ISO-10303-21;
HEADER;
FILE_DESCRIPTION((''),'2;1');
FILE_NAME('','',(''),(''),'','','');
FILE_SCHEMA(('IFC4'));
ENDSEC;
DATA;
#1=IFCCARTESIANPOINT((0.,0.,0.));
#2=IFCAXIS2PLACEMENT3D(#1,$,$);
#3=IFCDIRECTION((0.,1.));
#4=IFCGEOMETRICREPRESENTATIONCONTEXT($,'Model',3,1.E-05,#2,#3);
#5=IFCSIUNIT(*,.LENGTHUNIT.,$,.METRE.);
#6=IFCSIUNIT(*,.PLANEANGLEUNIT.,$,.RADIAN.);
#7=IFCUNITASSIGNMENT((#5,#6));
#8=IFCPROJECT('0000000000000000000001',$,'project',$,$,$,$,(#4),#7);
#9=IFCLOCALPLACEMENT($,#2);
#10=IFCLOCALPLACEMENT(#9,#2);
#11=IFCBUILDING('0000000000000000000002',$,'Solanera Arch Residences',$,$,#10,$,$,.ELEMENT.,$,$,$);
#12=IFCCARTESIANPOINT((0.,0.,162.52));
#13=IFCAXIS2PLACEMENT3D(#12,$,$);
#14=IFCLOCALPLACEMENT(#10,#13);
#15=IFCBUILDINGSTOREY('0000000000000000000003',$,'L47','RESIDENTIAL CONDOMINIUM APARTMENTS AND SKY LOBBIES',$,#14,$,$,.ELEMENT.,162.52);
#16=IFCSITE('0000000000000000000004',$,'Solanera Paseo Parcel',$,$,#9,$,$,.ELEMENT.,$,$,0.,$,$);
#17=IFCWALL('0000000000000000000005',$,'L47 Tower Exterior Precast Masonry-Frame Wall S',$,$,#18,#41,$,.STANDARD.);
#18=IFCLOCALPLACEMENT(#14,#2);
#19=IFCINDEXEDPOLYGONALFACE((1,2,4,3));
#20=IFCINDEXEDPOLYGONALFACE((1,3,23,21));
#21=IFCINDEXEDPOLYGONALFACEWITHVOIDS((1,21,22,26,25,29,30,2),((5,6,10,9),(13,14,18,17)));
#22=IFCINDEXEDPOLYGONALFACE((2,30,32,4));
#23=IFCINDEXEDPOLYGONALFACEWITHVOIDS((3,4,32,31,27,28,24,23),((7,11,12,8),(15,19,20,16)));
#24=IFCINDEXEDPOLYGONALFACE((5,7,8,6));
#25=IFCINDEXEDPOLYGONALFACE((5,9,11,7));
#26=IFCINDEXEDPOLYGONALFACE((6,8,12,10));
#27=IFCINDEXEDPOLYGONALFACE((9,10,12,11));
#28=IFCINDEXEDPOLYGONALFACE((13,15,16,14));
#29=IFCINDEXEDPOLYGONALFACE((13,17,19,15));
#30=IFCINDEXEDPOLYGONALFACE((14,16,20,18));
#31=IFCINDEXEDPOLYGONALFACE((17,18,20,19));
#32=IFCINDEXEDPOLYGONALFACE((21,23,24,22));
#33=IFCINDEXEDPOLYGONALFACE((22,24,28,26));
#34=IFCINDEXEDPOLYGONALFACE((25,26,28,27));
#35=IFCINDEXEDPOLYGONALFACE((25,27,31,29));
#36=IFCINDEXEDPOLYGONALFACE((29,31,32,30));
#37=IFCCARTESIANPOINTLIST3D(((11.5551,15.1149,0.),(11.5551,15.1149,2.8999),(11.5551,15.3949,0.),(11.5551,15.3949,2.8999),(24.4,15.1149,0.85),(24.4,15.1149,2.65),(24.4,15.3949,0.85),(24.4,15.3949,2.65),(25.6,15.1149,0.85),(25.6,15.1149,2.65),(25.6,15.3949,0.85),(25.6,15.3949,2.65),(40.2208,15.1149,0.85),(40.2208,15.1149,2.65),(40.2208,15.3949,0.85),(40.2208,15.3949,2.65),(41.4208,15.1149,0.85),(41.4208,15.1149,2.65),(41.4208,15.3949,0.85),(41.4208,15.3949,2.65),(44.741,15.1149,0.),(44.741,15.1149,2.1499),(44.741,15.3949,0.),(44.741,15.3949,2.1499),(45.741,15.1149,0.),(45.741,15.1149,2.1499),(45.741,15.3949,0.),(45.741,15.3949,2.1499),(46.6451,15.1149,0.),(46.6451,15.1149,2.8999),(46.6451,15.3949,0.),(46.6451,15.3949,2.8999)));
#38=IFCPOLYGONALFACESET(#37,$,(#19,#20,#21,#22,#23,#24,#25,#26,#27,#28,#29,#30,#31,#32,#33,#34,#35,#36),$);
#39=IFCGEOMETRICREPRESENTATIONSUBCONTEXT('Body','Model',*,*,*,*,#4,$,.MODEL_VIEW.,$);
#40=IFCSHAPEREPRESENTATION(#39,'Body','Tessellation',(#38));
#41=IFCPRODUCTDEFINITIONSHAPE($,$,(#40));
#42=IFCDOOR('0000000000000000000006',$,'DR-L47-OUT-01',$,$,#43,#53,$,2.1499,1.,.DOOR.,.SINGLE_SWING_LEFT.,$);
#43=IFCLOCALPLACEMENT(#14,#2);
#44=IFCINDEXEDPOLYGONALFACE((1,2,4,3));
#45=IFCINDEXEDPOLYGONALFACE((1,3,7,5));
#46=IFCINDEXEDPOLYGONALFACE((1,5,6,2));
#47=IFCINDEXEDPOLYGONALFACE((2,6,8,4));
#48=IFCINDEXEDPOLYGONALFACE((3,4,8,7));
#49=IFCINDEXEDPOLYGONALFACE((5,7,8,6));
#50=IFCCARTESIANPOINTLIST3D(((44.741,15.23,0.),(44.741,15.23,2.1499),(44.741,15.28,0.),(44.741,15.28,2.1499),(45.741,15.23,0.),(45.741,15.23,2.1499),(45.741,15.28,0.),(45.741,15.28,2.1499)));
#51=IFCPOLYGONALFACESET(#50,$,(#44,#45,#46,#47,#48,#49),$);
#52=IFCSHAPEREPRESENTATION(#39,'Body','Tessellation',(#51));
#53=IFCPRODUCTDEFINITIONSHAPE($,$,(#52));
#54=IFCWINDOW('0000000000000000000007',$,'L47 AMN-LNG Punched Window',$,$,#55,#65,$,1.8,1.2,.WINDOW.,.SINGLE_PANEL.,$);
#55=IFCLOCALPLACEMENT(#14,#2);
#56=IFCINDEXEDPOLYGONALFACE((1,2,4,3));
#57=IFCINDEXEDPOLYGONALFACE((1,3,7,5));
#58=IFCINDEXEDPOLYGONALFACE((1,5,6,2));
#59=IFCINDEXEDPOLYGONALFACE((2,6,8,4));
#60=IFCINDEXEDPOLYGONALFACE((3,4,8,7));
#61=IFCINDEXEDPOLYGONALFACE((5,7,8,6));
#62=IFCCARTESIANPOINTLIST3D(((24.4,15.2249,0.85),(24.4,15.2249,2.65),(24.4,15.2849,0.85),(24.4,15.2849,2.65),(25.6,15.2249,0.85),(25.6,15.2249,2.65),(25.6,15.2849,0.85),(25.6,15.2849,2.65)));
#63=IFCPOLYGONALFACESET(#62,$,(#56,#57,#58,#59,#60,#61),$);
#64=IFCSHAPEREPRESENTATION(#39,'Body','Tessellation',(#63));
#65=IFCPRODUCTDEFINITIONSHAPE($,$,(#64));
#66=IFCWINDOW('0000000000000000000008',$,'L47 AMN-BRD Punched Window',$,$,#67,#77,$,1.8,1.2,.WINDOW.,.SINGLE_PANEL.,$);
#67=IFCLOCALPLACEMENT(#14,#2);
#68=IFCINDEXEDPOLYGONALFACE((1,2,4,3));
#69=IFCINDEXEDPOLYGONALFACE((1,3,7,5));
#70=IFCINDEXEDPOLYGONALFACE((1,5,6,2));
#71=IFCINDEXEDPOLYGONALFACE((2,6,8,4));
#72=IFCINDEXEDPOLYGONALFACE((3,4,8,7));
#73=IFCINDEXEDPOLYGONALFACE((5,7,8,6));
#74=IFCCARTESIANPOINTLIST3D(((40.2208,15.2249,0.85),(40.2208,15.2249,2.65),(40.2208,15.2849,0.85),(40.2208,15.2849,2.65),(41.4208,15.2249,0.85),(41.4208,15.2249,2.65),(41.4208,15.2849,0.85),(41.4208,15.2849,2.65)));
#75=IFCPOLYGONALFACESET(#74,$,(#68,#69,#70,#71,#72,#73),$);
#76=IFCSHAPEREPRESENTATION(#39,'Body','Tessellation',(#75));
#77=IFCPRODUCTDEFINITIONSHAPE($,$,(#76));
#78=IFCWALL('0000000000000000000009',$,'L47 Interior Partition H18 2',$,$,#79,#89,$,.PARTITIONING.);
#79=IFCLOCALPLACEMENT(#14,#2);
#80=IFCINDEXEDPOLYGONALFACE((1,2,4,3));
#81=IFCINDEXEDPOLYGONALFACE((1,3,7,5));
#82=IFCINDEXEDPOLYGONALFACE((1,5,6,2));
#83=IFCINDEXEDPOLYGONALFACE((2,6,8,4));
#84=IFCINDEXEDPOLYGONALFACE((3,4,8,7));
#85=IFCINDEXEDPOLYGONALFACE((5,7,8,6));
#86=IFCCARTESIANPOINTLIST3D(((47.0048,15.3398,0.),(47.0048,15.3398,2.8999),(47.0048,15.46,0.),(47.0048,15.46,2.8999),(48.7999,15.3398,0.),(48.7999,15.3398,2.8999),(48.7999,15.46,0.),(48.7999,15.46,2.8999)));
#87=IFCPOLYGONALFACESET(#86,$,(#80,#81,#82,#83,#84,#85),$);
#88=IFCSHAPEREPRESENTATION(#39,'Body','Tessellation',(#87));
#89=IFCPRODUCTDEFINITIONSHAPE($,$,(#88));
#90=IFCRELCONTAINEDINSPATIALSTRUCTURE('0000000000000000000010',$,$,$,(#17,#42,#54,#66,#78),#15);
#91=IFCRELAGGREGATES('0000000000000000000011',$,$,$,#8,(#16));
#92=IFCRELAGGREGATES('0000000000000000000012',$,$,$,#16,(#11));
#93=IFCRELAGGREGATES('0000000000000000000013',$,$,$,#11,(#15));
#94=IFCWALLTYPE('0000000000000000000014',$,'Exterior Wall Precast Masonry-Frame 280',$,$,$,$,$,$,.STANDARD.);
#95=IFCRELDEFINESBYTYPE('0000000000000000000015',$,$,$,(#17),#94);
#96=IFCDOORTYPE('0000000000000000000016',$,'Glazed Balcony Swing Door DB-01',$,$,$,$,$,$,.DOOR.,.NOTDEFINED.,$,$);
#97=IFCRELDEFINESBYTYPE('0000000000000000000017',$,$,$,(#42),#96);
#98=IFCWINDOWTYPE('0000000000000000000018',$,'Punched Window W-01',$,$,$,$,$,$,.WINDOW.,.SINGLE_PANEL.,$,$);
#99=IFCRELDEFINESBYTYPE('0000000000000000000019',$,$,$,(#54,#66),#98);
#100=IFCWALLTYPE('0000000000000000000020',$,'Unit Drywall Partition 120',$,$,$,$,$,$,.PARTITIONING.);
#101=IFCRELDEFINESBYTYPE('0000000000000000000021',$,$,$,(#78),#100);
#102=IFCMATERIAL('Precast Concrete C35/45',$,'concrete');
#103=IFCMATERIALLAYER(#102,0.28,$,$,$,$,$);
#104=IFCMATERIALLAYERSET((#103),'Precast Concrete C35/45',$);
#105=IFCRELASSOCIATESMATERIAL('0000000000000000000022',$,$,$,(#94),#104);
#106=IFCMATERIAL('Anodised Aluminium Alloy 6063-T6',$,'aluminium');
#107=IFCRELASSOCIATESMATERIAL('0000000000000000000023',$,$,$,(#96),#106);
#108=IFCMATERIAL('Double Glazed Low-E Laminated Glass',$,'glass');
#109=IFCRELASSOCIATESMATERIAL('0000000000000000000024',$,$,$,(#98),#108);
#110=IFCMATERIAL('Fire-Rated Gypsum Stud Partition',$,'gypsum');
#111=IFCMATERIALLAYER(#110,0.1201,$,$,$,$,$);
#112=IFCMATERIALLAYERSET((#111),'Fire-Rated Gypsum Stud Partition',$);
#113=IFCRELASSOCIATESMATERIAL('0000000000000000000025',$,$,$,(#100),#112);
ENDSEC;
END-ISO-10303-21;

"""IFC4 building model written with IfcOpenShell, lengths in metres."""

from ifc_helpers import new_model, si_unit, direction, frame, frame_2d, origin, place, context, subcontext, project, spatial, rectangle, extrude, material, layer, layer_set, type_object, element, fill, save


model = new_model("IFC4")

# Units and contexts
model_context = context("Model", 3, precision=1e-05, world=origin(), true_north=direction((0.0, 1.0)))
body_context = subcontext(model_context, "Body", "Model", "MODEL_VIEW")
ifc_project = project(units=[si_unit("LENGTHUNIT", "METRE"), si_unit("PLANEANGLEUNIT", "RADIAN")], contexts=[model_context])

# Site, building, storey
site_placement = place(None, origin())
site = spatial("IfcSite", under=ifc_project, at=site_placement, Name="Solanera Paseo Parcel", CompositionType="ELEMENT", RefElevation=0.0)
building_placement = place(site_placement, origin())
building = spatial("IfcBuilding", under=site, at=building_placement, Name="Solanera Arch Residences", CompositionType="ELEMENT")
storey_placement = place(building_placement, frame((0.0, 0.0, 162.52)))
storey = spatial("IfcBuildingStorey", under=building, at=storey_placement, Name="L47", Description="RESIDENTIAL CONDOMINIUM APARTMENTS AND SKY LOBBIES", CompositionType="ELEMENT", Elevation=162.52)

# Shared definitions
ifc_material_1 = material(Name="Precast Concrete C35/45", Category="concrete")
ifc_layer_1 = layer(ifc_material_1, 0.28)
ifc_layer_set_1 = layer_set([ifc_layer_1], Name="Precast Concrete C35/45")
wall_type_1 = type_object("IfcWallType", Name="Exterior Wall Precast Masonry-Frame 280", PredefinedType="STANDARD", material=ifc_layer_set_1)

# Wall, openings, door, windows
wall_1_placement = place(storey_placement, frame((46.645, 15.2549, 0.0), z_axis=(0.0, 0.0, 1.0), x_axis=(-1.0, 0.0, 0.0)))
wall_1 = element("IfcWall", 1, at=wall_1_placement, inside=storey, type_object=wall_type_1, Name="L47 Tower Exterior Precast Masonry-Frame Wall S", PredefinedType="STANDARD", context=body_context, shape_type="SweptSolid", body=[
    extrude(rectangle(XDim=35.0901, YDim=0.28, at=frame_2d((17.5449, 0.0))), origin(), (0.0, 0.0, 1.0), 2.8999),
])
opening_1_placement = place(wall_1_placement, frame((0.9041, 0.0, 0.0)))
opening_1 = element("IfcOpeningElement", 2, at=opening_1_placement, cuts=wall_1, PredefinedType="OPENING", context=body_context, shape_type="SweptSolid", body=[
    extrude(rectangle(XDim=1.0, YDim=2.1499, at=frame_2d((0.5, 1.075))), frame((0.0, 0.1499, 0.0), z_axis=(0.0, -1.0, 0.0), x_axis=(1.0, 0.0, 0.0)), (0.0, 0.0, 1.0), 0.3),
])
opening_2_placement = place(wall_1_placement, frame((21.0449, 0.0, 0.8501)))
opening_2 = element("IfcOpeningElement", 3, at=opening_2_placement, cuts=wall_1, PredefinedType="OPENING", context=body_context, shape_type="SweptSolid", body=[
    extrude(rectangle(XDim=1.2, YDim=1.8, at=frame_2d((0.6001, 0.8999))), frame((0.0, 0.1499, 0.0), z_axis=(0.0, -1.0, 0.0), x_axis=(1.0, 0.0, 0.0)), (0.0, 0.0, 1.0), 0.3),
])
opening_3_placement = place(wall_1_placement, frame((5.2241, 0.0, 0.8501)))
opening_3 = element("IfcOpeningElement", 4, at=opening_3_placement, cuts=wall_1, PredefinedType="OPENING", context=body_context, shape_type="SweptSolid", body=[
    extrude(rectangle(XDim=1.2, YDim=1.8, at=frame_2d((0.6001, 0.8999))), frame((0.0, 0.1499, 0.0), z_axis=(0.0, -1.0, 0.0), x_axis=(1.0, 0.0, 0.0)), (0.0, 0.0, 1.0), 0.3),
])
ifc_material_2 = material(Name="Anodised Aluminium Alloy 6063-T6", Category="aluminium")
door_type = type_object("IfcDoorType", Name="Glazed Balcony Swing Door DB-01", OperationType="NOTDEFINED", PredefinedType="DOOR", material=ifc_material_2)
door_placement = place(opening_1_placement, origin())
door = element("IfcDoor", 5, at=door_placement, inside=storey, type_object=door_type, Name="DR-L47-OUT-01", OperationType="SINGLE_SWING_LEFT", OverallHeight=2.1499, OverallWidth=1.0, PredefinedType="DOOR", context=body_context, shape_type="SweptSolid", body=[
    extrude(rectangle(XDim=1.0, YDim=2.1499, at=frame_2d((0.5, 1.075))), frame((0.0, 0.0249, 0.0), z_axis=(0.0, -1.0, 0.0), x_axis=(1.0, 0.0, 0.0)), (0.0, 0.0, 1.0), 0.05),
])
fill(opening_1, door)
ifc_material_3 = material(Name="Double Glazed Low-E Laminated Glass", Category="glass")
window_type = type_object("IfcWindowType", Name="Punched Window W-01", PartitioningType="SINGLE_PANEL", PredefinedType="WINDOW", material=ifc_material_3)
window_1_placement = place(opening_2_placement, origin())
window_1 = element("IfcWindow", 6, at=window_1_placement, inside=storey, type_object=window_type, Name="L47 AMN-LNG Punched Window", OverallHeight=1.8, OverallWidth=1.2, PartitioningType="SINGLE_PANEL", PredefinedType="WINDOW", context=body_context, shape_type="SweptSolid", body=[
    extrude(rectangle(XDim=1.2, YDim=1.8, at=frame_2d((0.6001, 0.8999))), frame((0.0, 0.03, 0.0), z_axis=(0.0, -1.0, 0.0), x_axis=(1.0, 0.0, 0.0)), (0.0, 0.0, 1.0), 0.0601),
])
fill(opening_2, window_1)
window_2_placement = place(opening_3_placement, origin())
window_2 = element("IfcWindow", 7, at=window_2_placement, inside=storey, type_object=window_type, Name="L47 AMN-BRD Punched Window", OverallHeight=1.8, OverallWidth=1.2, PartitioningType="SINGLE_PANEL", PredefinedType="WINDOW", context=body_context, shape_type="SweptSolid", body=[
    extrude(rectangle(XDim=1.2, YDim=1.8, at=frame_2d((0.6001, 0.8999))), frame((0.0, 0.03, 0.0), z_axis=(0.0, -1.0, 0.0), x_axis=(1.0, 0.0, 0.0)), (0.0, 0.0, 1.0), 0.0601),
])
fill(opening_3, window_2)

# Wall
ifc_material_4 = material(Name="Fire-Rated Gypsum Stud Partition", Category="gypsum")
ifc_layer_2 = layer(ifc_material_4, 0.1201)
ifc_layer_set_2 = layer_set([ifc_layer_2], Name="Fire-Rated Gypsum Stud Partition")
wall_type_2 = type_object("IfcWallType", Name="Unit Drywall Partition 120", PredefinedType="PARTITIONING", material=ifc_layer_set_2)
wall_2_placement = place(storey_placement, frame((47.0049, 15.3999, 0.0), z_axis=(0.0, 0.0, 1.0), x_axis=(1.0, 0.0, 0.0)))
element("IfcWall", 8, at=wall_2_placement, inside=storey, type_object=wall_type_2, Name="L47 Interior Partition H18 2", PredefinedType="PARTITIONING", context=body_context, shape_type="SweptSolid", body=[
    extrude(rectangle(XDim=1.7952, YDim=0.1201, at=frame_2d((0.8975, 0.0))), origin(), (0.0, 0.0, 1.0), 2.8999),
])

save(model, "model.ifc")
